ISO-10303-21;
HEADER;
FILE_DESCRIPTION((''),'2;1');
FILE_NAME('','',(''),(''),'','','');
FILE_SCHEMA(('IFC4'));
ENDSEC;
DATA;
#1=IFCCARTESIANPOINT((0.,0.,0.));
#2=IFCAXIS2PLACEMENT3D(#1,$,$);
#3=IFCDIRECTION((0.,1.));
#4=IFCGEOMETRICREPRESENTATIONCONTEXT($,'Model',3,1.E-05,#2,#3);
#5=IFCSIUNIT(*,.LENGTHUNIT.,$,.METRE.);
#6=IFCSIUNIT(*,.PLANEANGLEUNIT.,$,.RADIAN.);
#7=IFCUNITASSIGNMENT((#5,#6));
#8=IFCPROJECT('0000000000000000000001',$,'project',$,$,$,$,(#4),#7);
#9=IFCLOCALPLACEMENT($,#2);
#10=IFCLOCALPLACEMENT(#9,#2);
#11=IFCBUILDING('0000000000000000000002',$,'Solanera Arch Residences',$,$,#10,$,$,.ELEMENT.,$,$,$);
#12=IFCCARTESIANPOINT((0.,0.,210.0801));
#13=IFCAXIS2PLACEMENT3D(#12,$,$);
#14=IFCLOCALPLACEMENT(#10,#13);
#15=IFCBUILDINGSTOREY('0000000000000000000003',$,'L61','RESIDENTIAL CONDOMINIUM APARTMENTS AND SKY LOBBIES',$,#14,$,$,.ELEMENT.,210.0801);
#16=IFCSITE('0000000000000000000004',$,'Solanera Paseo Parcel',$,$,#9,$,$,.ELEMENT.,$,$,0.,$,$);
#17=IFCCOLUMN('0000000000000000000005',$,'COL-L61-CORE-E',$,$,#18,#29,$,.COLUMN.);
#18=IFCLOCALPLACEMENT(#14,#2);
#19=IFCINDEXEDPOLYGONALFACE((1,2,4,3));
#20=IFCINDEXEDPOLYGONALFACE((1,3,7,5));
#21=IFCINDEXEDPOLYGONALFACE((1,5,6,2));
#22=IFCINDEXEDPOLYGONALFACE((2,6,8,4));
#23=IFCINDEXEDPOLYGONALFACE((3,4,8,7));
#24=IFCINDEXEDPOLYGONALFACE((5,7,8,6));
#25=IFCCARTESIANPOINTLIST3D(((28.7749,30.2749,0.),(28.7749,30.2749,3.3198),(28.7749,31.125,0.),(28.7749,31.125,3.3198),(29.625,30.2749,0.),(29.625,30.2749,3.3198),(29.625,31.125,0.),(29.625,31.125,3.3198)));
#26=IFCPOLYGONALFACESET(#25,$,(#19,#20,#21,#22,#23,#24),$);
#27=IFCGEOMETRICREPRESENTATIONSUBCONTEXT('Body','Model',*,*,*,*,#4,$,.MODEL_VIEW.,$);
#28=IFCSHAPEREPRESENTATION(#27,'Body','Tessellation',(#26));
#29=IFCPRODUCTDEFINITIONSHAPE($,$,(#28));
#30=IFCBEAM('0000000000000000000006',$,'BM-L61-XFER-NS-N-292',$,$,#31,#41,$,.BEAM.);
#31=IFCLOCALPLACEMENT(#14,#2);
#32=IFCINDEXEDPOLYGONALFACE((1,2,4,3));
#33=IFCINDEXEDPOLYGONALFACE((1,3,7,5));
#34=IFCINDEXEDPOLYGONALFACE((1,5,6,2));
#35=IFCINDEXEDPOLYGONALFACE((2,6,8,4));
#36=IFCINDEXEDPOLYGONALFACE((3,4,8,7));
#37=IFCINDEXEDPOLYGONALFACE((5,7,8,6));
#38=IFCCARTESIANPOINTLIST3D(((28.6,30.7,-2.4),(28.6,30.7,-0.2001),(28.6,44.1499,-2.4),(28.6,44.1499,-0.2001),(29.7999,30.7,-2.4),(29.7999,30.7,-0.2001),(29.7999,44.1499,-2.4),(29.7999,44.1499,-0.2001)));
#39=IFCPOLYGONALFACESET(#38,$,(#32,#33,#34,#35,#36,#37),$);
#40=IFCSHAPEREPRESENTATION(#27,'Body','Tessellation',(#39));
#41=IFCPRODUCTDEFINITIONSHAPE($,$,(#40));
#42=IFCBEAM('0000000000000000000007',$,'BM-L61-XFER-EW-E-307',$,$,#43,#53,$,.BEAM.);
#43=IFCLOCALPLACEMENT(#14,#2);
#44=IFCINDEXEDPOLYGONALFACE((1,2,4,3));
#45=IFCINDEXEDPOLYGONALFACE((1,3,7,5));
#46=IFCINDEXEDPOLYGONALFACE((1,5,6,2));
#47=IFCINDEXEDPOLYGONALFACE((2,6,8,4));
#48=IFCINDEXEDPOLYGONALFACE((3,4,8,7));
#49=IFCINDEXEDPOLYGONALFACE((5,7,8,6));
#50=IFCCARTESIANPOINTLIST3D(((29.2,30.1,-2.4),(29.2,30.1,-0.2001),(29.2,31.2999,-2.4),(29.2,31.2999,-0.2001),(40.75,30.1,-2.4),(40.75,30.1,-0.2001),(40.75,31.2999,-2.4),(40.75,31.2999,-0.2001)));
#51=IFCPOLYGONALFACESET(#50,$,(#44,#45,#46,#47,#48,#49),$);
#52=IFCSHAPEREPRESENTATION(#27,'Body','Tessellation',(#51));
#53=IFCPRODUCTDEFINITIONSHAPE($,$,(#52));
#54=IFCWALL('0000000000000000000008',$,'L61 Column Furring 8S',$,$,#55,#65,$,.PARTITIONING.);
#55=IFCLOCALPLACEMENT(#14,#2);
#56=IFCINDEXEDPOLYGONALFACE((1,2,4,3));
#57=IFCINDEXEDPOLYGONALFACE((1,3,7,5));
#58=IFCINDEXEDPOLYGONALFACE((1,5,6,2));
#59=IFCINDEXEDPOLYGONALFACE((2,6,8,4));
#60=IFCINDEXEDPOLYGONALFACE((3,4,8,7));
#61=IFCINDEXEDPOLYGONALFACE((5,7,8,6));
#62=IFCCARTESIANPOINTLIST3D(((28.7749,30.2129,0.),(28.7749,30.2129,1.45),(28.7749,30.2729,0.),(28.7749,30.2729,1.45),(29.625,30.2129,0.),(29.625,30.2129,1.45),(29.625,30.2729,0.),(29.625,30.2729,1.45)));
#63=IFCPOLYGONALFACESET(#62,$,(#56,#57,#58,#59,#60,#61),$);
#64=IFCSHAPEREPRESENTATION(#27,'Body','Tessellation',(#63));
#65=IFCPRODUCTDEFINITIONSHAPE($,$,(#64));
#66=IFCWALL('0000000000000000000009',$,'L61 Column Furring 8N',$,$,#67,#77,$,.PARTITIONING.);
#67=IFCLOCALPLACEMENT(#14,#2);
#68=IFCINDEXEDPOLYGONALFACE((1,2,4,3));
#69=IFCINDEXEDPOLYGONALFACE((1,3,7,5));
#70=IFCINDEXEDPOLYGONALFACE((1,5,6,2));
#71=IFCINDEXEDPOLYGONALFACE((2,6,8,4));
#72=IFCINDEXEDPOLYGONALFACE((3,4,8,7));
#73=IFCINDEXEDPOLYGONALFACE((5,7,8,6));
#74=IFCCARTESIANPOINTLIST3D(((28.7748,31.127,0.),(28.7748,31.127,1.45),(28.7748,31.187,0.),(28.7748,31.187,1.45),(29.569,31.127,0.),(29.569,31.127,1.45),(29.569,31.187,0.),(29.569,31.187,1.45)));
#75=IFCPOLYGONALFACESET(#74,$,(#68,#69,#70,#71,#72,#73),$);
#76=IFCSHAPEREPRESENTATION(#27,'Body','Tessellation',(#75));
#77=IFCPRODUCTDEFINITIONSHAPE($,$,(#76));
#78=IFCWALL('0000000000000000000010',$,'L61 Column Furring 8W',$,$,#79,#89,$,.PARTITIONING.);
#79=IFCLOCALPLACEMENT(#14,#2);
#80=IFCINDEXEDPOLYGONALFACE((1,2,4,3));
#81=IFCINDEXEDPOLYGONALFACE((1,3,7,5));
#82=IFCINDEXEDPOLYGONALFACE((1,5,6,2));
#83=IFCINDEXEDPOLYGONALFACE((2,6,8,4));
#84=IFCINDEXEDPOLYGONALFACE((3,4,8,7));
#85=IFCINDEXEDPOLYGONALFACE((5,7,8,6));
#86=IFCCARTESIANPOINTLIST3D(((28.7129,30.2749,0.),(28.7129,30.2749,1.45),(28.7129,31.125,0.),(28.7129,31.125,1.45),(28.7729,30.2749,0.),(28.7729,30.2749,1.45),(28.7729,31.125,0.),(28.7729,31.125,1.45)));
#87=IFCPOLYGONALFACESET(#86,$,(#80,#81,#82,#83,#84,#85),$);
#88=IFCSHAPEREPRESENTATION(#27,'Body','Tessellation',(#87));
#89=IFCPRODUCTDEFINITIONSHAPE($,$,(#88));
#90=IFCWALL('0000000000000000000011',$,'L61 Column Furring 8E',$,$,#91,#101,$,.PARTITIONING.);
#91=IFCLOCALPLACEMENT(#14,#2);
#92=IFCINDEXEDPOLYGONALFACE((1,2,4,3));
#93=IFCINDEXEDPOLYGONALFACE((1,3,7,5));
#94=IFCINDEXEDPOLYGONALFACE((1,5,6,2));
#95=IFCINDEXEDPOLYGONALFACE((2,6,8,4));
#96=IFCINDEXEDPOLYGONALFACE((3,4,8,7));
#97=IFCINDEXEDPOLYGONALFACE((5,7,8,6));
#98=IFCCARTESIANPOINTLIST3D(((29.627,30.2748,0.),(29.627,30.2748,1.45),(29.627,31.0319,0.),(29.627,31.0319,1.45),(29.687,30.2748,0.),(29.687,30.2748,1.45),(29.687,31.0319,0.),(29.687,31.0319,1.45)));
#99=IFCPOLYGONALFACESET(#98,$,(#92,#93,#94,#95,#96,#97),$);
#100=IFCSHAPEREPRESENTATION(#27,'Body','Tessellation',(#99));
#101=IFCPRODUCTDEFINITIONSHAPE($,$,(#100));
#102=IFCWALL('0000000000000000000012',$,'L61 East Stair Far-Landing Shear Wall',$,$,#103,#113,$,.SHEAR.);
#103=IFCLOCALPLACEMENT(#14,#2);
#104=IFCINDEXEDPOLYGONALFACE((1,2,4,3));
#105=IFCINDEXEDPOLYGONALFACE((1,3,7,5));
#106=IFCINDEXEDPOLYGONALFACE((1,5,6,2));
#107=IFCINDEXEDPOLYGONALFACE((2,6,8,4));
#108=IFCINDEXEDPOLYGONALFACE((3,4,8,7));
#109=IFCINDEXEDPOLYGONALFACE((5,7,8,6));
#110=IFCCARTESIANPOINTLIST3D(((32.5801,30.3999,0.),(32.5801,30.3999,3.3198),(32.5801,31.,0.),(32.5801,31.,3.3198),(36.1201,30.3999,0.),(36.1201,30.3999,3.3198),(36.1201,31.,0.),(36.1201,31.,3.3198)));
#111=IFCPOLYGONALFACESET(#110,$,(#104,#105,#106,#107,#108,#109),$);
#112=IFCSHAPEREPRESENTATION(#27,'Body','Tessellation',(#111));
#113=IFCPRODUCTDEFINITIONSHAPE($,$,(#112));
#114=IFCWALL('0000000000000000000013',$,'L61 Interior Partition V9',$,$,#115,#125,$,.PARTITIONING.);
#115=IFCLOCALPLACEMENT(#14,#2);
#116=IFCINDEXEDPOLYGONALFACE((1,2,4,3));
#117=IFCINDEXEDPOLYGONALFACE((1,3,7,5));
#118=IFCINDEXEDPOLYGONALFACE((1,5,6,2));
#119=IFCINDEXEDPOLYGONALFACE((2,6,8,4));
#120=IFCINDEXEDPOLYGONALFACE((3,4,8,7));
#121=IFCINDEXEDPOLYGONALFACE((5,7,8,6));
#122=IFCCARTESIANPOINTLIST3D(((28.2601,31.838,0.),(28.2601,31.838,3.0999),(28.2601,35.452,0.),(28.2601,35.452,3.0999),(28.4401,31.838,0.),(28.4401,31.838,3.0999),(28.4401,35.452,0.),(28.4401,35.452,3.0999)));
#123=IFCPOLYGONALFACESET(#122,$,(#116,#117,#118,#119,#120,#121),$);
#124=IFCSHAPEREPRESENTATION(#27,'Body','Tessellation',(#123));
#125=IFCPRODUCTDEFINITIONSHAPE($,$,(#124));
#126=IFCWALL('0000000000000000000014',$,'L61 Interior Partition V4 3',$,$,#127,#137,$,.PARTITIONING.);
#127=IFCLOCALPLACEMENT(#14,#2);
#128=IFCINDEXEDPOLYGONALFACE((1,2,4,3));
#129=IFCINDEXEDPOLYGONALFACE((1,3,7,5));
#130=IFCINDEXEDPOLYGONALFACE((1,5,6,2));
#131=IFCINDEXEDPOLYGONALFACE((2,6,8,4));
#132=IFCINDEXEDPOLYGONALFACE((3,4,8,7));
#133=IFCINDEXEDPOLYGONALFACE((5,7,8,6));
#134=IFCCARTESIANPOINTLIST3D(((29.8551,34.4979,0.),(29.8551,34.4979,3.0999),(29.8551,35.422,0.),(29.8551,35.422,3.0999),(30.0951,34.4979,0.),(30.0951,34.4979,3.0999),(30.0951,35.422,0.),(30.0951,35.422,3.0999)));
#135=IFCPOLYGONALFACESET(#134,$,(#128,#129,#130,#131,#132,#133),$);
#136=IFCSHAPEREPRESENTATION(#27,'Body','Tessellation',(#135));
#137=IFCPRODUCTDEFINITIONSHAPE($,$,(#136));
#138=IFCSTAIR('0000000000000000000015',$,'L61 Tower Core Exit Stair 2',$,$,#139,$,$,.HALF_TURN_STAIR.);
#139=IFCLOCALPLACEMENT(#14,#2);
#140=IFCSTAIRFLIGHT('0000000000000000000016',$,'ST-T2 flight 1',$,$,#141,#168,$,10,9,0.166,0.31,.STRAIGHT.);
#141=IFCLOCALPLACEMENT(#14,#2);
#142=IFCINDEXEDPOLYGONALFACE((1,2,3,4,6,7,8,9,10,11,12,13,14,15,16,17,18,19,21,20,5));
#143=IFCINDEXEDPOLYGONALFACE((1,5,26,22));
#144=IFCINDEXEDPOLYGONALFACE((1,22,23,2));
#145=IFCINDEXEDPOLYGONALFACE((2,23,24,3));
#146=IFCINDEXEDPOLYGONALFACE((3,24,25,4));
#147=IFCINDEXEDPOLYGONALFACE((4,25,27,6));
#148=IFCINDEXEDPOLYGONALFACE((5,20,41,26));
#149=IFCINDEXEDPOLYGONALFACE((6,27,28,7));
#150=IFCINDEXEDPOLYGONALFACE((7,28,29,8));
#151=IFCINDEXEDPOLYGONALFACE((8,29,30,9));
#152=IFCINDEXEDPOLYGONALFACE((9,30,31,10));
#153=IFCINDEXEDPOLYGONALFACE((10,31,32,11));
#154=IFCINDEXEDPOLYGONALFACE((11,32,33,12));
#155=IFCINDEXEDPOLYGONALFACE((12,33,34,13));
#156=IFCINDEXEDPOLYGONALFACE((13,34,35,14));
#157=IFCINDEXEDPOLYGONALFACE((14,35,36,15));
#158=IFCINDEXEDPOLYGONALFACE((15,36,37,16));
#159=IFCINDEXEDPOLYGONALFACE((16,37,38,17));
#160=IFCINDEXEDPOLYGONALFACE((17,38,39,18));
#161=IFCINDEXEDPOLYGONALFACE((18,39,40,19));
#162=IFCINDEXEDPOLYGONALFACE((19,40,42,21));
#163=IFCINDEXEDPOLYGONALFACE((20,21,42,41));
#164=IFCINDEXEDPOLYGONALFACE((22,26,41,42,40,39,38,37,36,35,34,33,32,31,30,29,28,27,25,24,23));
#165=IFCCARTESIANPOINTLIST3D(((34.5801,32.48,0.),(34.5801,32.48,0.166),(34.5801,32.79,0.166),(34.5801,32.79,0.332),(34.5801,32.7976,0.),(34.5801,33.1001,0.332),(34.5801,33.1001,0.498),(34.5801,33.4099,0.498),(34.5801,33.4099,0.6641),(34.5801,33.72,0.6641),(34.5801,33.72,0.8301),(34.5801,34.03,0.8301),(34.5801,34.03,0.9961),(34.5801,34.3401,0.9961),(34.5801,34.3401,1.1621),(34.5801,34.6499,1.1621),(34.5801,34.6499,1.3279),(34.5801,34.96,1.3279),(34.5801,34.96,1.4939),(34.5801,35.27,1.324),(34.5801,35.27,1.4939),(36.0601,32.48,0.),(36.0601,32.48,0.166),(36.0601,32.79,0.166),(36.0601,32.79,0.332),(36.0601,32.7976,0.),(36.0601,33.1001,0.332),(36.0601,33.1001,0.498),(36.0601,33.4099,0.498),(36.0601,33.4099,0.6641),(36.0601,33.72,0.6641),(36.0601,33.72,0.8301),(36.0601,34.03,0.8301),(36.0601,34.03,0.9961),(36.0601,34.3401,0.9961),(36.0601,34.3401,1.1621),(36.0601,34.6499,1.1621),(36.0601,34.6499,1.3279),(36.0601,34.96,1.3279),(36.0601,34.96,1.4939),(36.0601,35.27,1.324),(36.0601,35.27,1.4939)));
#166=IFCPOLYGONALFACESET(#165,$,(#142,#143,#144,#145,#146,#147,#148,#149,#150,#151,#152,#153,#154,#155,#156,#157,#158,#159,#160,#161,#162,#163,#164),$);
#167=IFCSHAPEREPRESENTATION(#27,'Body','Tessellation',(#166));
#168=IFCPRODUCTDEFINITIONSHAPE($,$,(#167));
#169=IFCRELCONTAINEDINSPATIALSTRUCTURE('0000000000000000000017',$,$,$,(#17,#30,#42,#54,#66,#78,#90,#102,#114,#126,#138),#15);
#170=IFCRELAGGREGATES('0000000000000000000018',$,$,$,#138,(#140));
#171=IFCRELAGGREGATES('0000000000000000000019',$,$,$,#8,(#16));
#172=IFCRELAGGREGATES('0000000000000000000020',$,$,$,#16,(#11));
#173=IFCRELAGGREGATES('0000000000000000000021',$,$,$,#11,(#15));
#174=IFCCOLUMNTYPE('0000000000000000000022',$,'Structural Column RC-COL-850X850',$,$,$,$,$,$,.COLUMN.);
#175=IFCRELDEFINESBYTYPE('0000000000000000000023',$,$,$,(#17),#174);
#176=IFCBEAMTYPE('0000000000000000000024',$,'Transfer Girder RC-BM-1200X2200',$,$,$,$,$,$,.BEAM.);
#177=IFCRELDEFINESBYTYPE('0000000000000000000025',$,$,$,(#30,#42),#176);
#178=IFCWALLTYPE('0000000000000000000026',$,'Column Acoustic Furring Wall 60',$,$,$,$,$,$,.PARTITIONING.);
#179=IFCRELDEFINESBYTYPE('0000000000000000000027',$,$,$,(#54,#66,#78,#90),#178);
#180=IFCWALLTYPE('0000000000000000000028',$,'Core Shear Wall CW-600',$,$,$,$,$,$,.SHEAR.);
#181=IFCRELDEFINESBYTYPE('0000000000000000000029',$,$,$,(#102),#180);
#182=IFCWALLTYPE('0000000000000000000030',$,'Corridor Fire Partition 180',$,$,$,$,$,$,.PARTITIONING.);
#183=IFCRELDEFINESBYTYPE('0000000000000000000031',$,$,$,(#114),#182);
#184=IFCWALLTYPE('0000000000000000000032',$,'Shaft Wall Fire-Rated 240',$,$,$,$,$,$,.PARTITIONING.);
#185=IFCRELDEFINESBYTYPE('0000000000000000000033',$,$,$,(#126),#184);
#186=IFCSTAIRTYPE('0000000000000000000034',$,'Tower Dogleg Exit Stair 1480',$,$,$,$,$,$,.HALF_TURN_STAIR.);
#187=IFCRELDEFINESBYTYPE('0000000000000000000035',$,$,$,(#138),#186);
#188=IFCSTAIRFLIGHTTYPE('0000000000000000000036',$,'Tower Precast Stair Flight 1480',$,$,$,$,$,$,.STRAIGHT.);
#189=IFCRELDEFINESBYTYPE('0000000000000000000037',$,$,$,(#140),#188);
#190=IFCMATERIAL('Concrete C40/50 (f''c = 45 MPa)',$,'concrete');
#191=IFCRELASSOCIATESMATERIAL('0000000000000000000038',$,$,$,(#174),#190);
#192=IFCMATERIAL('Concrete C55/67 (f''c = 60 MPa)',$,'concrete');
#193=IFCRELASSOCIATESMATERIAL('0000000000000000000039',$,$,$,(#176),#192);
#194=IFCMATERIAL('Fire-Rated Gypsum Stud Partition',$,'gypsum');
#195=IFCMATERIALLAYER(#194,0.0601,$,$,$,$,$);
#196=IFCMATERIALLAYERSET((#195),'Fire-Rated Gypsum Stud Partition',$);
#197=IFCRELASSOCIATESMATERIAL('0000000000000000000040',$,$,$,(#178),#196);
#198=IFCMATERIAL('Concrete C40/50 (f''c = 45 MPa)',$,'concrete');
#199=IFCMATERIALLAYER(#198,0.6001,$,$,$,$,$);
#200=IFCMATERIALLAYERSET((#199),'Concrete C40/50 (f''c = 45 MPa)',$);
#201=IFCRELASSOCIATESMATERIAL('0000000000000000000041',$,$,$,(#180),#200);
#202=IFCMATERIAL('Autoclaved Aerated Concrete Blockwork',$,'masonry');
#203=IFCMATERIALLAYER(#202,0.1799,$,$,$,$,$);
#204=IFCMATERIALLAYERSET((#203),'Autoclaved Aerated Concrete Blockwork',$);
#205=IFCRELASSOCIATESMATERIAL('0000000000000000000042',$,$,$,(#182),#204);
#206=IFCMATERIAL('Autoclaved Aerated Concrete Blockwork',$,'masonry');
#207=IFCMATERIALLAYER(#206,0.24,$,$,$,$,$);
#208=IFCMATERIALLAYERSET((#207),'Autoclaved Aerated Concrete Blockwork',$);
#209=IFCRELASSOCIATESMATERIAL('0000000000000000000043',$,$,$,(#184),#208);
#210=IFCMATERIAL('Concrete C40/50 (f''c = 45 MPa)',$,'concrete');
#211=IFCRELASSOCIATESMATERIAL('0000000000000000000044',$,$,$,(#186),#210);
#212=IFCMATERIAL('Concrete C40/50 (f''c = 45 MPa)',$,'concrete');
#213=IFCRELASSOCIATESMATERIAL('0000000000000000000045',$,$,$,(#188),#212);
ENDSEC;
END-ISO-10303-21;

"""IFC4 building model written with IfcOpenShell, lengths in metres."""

from ifc_helpers import new_model, si_unit, direction, frame, frame_2d, origin, origin_2d, place, context, subcontext, project, spatial, polyline, rectangle, outline, extrude, material, layer, layer_set, material_profile, profile_set, type_object, element, aggregate, save


model = new_model("IFC4")

# Units and contexts
model_context = context("Model", 3, precision=1e-05, world=origin(), true_north=direction((0.0, 1.0)))
body_context = subcontext(model_context, "Body", "Model", "MODEL_VIEW")
ifc_project = project(units=[si_unit("LENGTHUNIT", "METRE"), si_unit("PLANEANGLEUNIT", "RADIAN")], contexts=[model_context])

# Site, building, storey
site_placement = place(None, origin())
site = spatial("IfcSite", under=ifc_project, at=site_placement, Name="Solanera Paseo Parcel", CompositionType="ELEMENT", RefElevation=0.0)
building_placement = place(site_placement, origin())
building = spatial("IfcBuilding", under=site, at=building_placement, Name="Solanera Arch Residences", CompositionType="ELEMENT")
storey_placement = place(building_placement, frame((0.0, 0.0, 210.0801)))
storey = spatial("IfcBuildingStorey", under=building, at=storey_placement, Name="L61", Description="RESIDENTIAL CONDOMINIUM APARTMENTS AND SKY LOBBIES", CompositionType="ELEMENT", Elevation=210.0801)

# Column
ifc_material_1 = material(Name="Concrete C40/50 (f'c = 45 MPa)", Category="concrete")
ifc_material_profile_1 = material_profile(ifc_material_1, rectangle(XDim=0.8501, YDim=0.8501, at=origin_2d()))
ifc_profile_set_1 = profile_set([ifc_material_profile_1], Name="Concrete C40/50 (f'c = 45 MPa)")
column_type = type_object("IfcColumnType", Name="Structural Column RC-COL-850X850", PredefinedType="COLUMN", material=ifc_profile_set_1)
column_placement = place(storey_placement, frame((29.2, 30.7, 0.0), z_axis=(0.0, 0.0, 1.0), x_axis=(1.0, 0.0, 0.0)))
element("IfcColumn", 1, at=column_placement, inside=storey, type_object=column_type, Name="COL-L61-CORE-E", PredefinedType="COLUMN", context=body_context, shape_type="SweptSolid", body=[
    extrude(rectangle(XDim=0.8501, YDim=0.8501, at=origin_2d()), origin(), (0.0, 0.0, 1.0), 3.3198),
])

# Beams
ifc_material_2 = material(Name="Concrete C55/67 (f'c = 60 MPa)", Category="concrete")
ifc_material_profile_2 = material_profile(ifc_material_2, rectangle(XDim=1.2, YDim=2.2, at=origin_2d()))
ifc_profile_set_2 = profile_set([ifc_material_profile_2], Name="Concrete C55/67 (f'c = 60 MPa)")
beam_type = type_object("IfcBeamType", Name="Transfer Girder RC-BM-1200X2200", PredefinedType="BEAM", material=ifc_profile_set_2)
beam_1_placement = place(storey_placement, frame((29.2, 30.7, -1.3), z_axis=(0.0, 1.0, 0.0), x_axis=(-1.0, 0.0, 0.0)))
element("IfcBeam", 2, at=beam_1_placement, inside=storey, type_object=beam_type, Name="BM-L61-XFER-NS-N-292", PredefinedType="BEAM", context=body_context, shape_type="SweptSolid", body=[
    extrude(rectangle(XDim=1.2, YDim=2.2, at=origin_2d()), origin(), (0.0, 0.0, 1.0), 13.45),
])
beam_2_placement = place(storey_placement, frame((29.2, 30.7, -1.3), z_axis=(1.0, 0.0, 0.0), x_axis=(0.0, 1.0, 0.0)))
element("IfcBeam", 3, at=beam_2_placement, inside=storey, type_object=beam_type, Name="BM-L61-XFER-EW-E-307", PredefinedType="BEAM", context=body_context, shape_type="SweptSolid", body=[
    extrude(rectangle(XDim=1.2, YDim=2.2, at=origin_2d()), origin(), (0.0, 0.0, 1.0), 11.55),
])

# Walls
ifc_material_3 = material(Name="Fire-Rated Gypsum Stud Partition", Category="gypsum")
ifc_layer_1 = layer(ifc_material_3, 0.0601)
ifc_layer_set_1 = layer_set([ifc_layer_1], Name="Fire-Rated Gypsum Stud Partition")
wall_type_1 = type_object("IfcWallType", Name="Column Acoustic Furring Wall 60", PredefinedType="PARTITIONING", material=ifc_layer_set_1)
wall_1_placement = place(storey_placement, frame((28.7749, 30.2429, 0.0), z_axis=(0.0, 0.0, 1.0), x_axis=(1.0, 0.0, 0.0)))
element("IfcWall", 4, at=wall_1_placement, inside=storey, type_object=wall_type_1, Name="L61 Column Furring 8S", PredefinedType="PARTITIONING", context=body_context, shape_type="SweptSolid", body=[
    extrude(rectangle(XDim=0.8501, YDim=0.0601, at=frame_2d((0.425, 0.0))), origin(), (0.0, 0.0, 1.0), 1.45),
])
wall_2_placement = place(storey_placement, frame((28.7749, 31.157, 0.0), z_axis=(0.0, 0.0, 1.0), x_axis=(1.0, 0.0, 0.0)))
element("IfcWall", 5, at=wall_2_placement, inside=storey, type_object=wall_type_1, Name="L61 Column Furring 8N", PredefinedType="PARTITIONING", context=body_context, shape_type="SweptSolid", body=[
    extrude(rectangle(XDim=0.7942, YDim=0.0601, at=frame_2d((0.397, 0.0))), origin(), (0.0, 0.0, 1.0), 1.45),
])
wall_3_placement = place(storey_placement, frame((28.7429, 30.2749, 0.0), z_axis=(0.0, 0.0, 1.0), x_axis=(0.0, 1.0, 0.0)))
element("IfcWall", 6, at=wall_3_placement, inside=storey, type_object=wall_type_1, Name="L61 Column Furring 8W", PredefinedType="PARTITIONING", context=body_context, shape_type="SweptSolid", body=[
    extrude(rectangle(XDim=0.8501, YDim=0.0601, at=frame_2d((0.425, 0.0))), origin(), (0.0, 0.0, 1.0), 1.45),
])
wall_4_placement = place(storey_placement, frame((29.657, 30.2749, 0.0), z_axis=(0.0, 0.0, 1.0), x_axis=(0.0, 1.0, 0.0)))
element("IfcWall", 7, at=wall_4_placement, inside=storey, type_object=wall_type_1, Name="L61 Column Furring 8E", PredefinedType="PARTITIONING", context=body_context, shape_type="SweptSolid", body=[
    extrude(rectangle(XDim=0.7571, YDim=0.0601, at=frame_2d((0.3784, 0.0))), origin(), (0.0, 0.0, 1.0), 1.45),
])

# Walls
ifc_material_4 = material(Name="Concrete C40/50 (f'c = 45 MPa)", Category="concrete")
ifc_layer_2 = layer(ifc_material_4, 0.6001)
ifc_layer_set_2 = layer_set([ifc_layer_2], Name="Concrete C40/50 (f'c = 45 MPa)")
wall_type_2 = type_object("IfcWallType", Name="Core Shear Wall CW-600", PredefinedType="SHEAR", material=ifc_layer_set_2)
wall_5_placement = place(storey_placement, frame((32.5801, 30.7, 0.0), z_axis=(0.0, 0.0, 1.0), x_axis=(1.0, 0.0, 0.0)))
element("IfcWall", 8, at=wall_5_placement, inside=storey, type_object=wall_type_2, Name="L61 East Stair Far-Landing Shear Wall", PredefinedType="SHEAR", context=body_context, shape_type="SweptSolid", body=[
    extrude(rectangle(XDim=3.54, YDim=0.6001, at=frame_2d((1.77, 0.0))), origin(), (0.0, 0.0, 1.0), 3.3198),
])
ifc_material_5 = material(Name="Autoclaved Aerated Concrete Blockwork", Category="masonry")
ifc_layer_3 = layer(ifc_material_5, 0.1799)
ifc_layer_set_3 = layer_set([ifc_layer_3], Name="Autoclaved Aerated Concrete Blockwork")
wall_type_3 = type_object("IfcWallType", Name="Corridor Fire Partition 180", PredefinedType="PARTITIONING", material=ifc_layer_set_3)
wall_6_placement = place(storey_placement, frame((28.3501, 31.8379, 0.0), z_axis=(0.0, 0.0, 1.0), x_axis=(0.0, 1.0, 0.0)))
element("IfcWall", 9, at=wall_6_placement, inside=storey, type_object=wall_type_3, Name="L61 Interior Partition V9", PredefinedType="PARTITIONING", context=body_context, shape_type="SweptSolid", body=[
    extrude(rectangle(XDim=3.614, YDim=0.1799, at=frame_2d((1.8071, 0.0))), origin(), (0.0, 0.0, 1.0), 3.0999),
])

# Shared definitions
ifc_material_6 = material(Name="Autoclaved Aerated Concrete Blockwork", Category="masonry")
ifc_layer_4 = layer(ifc_material_6, 0.24)
ifc_layer_set_4 = layer_set([ifc_layer_4], Name="Autoclaved Aerated Concrete Blockwork")
wall_type_4 = type_object("IfcWallType", Name="Shaft Wall Fire-Rated 240", PredefinedType="PARTITIONING", material=ifc_layer_set_4)

# Wall
wall_7_placement = place(storey_placement, frame((29.9751, 34.498, 0.0), z_axis=(0.0, 0.0, 1.0), x_axis=(0.0, 1.0, 0.0)))
element("IfcWall", 10, at=wall_7_placement, inside=storey, type_object=wall_type_4, Name="L61 Interior Partition V4 3", PredefinedType="PARTITIONING", context=body_context, shape_type="SweptSolid", body=[
    extrude(rectangle(XDim=0.9241, YDim=0.24, at=frame_2d((0.4619, 0.0))), origin(), (0.0, 0.0, 1.0), 3.0999),
])

# Stair, stair flight
ifc_material_7 = material(Name="Concrete C40/50 (f'c = 45 MPa)", Category="concrete")
stair_type = type_object("IfcStairType", Name="Tower Dogleg Exit Stair 1480", PredefinedType="HALF_TURN_STAIR", material=ifc_material_7)
stair_placement = place(storey_placement, origin())
stair = element("IfcStair", 11, at=stair_placement, inside=storey, type_object=stair_type, Name="L61 Tower Core Exit Stair 2", PredefinedType="HALF_TURN_STAIR")
ifc_material_8 = material(Name="Concrete C40/50 (f'c = 45 MPa)", Category="concrete")
stair_flight_type = type_object("IfcStairFlightType", Name="Tower Precast Stair Flight 1480", PredefinedType="STRAIGHT", material=ifc_material_8)
stair_flight_1_placement = place(storey_placement, frame((35.3201, 32.48, 0.0), z_axis=(0.0, 0.0, 1.0), x_axis=(0.0, 1.0, 0.0)))
stair_flight_1 = element("IfcStairFlight", 12, at=stair_flight_1_placement, type_object=stair_flight_type, Name="ST-T2 flight 1", NumberOfRisers=10, NumberOfTreads=9, PredefinedType="STRAIGHT", RiserHeight=0.166, TreadLength=0.31, context=body_context, shape_type="SweptSolid", body=[
    extrude(outline(polyline([(0.0, 0.0), (0.0, 0.166), (0.3101, 0.166), (0.3101, 0.332), (0.6201, 0.332), (0.6201, 0.498), (0.9299, 0.498), (0.9299, 0.6641), (1.24, 0.6641), (1.24, 0.8301), (1.55, 0.8301), (1.55, 0.9961), (1.8601, 0.9961), (1.8601, 1.1621), (2.1699, 1.1621), (2.1699, 1.3279), (2.48, 1.3279), (2.48, 1.4939), (2.79, 1.4939), (2.79, 1.6599), (2.79, 1.324), (0.3176, 0.0), (0.0, 0.0)])), frame((0.0, 0.74, 0.0), z_axis=(0.0, -1.0, 0.0), x_axis=(1.0, 0.0, 0.0)), (0.0, 0.0, 1.0), 1.48),
])
aggregate(stair, [stair_flight_1])

save(model, "model.ifc")
